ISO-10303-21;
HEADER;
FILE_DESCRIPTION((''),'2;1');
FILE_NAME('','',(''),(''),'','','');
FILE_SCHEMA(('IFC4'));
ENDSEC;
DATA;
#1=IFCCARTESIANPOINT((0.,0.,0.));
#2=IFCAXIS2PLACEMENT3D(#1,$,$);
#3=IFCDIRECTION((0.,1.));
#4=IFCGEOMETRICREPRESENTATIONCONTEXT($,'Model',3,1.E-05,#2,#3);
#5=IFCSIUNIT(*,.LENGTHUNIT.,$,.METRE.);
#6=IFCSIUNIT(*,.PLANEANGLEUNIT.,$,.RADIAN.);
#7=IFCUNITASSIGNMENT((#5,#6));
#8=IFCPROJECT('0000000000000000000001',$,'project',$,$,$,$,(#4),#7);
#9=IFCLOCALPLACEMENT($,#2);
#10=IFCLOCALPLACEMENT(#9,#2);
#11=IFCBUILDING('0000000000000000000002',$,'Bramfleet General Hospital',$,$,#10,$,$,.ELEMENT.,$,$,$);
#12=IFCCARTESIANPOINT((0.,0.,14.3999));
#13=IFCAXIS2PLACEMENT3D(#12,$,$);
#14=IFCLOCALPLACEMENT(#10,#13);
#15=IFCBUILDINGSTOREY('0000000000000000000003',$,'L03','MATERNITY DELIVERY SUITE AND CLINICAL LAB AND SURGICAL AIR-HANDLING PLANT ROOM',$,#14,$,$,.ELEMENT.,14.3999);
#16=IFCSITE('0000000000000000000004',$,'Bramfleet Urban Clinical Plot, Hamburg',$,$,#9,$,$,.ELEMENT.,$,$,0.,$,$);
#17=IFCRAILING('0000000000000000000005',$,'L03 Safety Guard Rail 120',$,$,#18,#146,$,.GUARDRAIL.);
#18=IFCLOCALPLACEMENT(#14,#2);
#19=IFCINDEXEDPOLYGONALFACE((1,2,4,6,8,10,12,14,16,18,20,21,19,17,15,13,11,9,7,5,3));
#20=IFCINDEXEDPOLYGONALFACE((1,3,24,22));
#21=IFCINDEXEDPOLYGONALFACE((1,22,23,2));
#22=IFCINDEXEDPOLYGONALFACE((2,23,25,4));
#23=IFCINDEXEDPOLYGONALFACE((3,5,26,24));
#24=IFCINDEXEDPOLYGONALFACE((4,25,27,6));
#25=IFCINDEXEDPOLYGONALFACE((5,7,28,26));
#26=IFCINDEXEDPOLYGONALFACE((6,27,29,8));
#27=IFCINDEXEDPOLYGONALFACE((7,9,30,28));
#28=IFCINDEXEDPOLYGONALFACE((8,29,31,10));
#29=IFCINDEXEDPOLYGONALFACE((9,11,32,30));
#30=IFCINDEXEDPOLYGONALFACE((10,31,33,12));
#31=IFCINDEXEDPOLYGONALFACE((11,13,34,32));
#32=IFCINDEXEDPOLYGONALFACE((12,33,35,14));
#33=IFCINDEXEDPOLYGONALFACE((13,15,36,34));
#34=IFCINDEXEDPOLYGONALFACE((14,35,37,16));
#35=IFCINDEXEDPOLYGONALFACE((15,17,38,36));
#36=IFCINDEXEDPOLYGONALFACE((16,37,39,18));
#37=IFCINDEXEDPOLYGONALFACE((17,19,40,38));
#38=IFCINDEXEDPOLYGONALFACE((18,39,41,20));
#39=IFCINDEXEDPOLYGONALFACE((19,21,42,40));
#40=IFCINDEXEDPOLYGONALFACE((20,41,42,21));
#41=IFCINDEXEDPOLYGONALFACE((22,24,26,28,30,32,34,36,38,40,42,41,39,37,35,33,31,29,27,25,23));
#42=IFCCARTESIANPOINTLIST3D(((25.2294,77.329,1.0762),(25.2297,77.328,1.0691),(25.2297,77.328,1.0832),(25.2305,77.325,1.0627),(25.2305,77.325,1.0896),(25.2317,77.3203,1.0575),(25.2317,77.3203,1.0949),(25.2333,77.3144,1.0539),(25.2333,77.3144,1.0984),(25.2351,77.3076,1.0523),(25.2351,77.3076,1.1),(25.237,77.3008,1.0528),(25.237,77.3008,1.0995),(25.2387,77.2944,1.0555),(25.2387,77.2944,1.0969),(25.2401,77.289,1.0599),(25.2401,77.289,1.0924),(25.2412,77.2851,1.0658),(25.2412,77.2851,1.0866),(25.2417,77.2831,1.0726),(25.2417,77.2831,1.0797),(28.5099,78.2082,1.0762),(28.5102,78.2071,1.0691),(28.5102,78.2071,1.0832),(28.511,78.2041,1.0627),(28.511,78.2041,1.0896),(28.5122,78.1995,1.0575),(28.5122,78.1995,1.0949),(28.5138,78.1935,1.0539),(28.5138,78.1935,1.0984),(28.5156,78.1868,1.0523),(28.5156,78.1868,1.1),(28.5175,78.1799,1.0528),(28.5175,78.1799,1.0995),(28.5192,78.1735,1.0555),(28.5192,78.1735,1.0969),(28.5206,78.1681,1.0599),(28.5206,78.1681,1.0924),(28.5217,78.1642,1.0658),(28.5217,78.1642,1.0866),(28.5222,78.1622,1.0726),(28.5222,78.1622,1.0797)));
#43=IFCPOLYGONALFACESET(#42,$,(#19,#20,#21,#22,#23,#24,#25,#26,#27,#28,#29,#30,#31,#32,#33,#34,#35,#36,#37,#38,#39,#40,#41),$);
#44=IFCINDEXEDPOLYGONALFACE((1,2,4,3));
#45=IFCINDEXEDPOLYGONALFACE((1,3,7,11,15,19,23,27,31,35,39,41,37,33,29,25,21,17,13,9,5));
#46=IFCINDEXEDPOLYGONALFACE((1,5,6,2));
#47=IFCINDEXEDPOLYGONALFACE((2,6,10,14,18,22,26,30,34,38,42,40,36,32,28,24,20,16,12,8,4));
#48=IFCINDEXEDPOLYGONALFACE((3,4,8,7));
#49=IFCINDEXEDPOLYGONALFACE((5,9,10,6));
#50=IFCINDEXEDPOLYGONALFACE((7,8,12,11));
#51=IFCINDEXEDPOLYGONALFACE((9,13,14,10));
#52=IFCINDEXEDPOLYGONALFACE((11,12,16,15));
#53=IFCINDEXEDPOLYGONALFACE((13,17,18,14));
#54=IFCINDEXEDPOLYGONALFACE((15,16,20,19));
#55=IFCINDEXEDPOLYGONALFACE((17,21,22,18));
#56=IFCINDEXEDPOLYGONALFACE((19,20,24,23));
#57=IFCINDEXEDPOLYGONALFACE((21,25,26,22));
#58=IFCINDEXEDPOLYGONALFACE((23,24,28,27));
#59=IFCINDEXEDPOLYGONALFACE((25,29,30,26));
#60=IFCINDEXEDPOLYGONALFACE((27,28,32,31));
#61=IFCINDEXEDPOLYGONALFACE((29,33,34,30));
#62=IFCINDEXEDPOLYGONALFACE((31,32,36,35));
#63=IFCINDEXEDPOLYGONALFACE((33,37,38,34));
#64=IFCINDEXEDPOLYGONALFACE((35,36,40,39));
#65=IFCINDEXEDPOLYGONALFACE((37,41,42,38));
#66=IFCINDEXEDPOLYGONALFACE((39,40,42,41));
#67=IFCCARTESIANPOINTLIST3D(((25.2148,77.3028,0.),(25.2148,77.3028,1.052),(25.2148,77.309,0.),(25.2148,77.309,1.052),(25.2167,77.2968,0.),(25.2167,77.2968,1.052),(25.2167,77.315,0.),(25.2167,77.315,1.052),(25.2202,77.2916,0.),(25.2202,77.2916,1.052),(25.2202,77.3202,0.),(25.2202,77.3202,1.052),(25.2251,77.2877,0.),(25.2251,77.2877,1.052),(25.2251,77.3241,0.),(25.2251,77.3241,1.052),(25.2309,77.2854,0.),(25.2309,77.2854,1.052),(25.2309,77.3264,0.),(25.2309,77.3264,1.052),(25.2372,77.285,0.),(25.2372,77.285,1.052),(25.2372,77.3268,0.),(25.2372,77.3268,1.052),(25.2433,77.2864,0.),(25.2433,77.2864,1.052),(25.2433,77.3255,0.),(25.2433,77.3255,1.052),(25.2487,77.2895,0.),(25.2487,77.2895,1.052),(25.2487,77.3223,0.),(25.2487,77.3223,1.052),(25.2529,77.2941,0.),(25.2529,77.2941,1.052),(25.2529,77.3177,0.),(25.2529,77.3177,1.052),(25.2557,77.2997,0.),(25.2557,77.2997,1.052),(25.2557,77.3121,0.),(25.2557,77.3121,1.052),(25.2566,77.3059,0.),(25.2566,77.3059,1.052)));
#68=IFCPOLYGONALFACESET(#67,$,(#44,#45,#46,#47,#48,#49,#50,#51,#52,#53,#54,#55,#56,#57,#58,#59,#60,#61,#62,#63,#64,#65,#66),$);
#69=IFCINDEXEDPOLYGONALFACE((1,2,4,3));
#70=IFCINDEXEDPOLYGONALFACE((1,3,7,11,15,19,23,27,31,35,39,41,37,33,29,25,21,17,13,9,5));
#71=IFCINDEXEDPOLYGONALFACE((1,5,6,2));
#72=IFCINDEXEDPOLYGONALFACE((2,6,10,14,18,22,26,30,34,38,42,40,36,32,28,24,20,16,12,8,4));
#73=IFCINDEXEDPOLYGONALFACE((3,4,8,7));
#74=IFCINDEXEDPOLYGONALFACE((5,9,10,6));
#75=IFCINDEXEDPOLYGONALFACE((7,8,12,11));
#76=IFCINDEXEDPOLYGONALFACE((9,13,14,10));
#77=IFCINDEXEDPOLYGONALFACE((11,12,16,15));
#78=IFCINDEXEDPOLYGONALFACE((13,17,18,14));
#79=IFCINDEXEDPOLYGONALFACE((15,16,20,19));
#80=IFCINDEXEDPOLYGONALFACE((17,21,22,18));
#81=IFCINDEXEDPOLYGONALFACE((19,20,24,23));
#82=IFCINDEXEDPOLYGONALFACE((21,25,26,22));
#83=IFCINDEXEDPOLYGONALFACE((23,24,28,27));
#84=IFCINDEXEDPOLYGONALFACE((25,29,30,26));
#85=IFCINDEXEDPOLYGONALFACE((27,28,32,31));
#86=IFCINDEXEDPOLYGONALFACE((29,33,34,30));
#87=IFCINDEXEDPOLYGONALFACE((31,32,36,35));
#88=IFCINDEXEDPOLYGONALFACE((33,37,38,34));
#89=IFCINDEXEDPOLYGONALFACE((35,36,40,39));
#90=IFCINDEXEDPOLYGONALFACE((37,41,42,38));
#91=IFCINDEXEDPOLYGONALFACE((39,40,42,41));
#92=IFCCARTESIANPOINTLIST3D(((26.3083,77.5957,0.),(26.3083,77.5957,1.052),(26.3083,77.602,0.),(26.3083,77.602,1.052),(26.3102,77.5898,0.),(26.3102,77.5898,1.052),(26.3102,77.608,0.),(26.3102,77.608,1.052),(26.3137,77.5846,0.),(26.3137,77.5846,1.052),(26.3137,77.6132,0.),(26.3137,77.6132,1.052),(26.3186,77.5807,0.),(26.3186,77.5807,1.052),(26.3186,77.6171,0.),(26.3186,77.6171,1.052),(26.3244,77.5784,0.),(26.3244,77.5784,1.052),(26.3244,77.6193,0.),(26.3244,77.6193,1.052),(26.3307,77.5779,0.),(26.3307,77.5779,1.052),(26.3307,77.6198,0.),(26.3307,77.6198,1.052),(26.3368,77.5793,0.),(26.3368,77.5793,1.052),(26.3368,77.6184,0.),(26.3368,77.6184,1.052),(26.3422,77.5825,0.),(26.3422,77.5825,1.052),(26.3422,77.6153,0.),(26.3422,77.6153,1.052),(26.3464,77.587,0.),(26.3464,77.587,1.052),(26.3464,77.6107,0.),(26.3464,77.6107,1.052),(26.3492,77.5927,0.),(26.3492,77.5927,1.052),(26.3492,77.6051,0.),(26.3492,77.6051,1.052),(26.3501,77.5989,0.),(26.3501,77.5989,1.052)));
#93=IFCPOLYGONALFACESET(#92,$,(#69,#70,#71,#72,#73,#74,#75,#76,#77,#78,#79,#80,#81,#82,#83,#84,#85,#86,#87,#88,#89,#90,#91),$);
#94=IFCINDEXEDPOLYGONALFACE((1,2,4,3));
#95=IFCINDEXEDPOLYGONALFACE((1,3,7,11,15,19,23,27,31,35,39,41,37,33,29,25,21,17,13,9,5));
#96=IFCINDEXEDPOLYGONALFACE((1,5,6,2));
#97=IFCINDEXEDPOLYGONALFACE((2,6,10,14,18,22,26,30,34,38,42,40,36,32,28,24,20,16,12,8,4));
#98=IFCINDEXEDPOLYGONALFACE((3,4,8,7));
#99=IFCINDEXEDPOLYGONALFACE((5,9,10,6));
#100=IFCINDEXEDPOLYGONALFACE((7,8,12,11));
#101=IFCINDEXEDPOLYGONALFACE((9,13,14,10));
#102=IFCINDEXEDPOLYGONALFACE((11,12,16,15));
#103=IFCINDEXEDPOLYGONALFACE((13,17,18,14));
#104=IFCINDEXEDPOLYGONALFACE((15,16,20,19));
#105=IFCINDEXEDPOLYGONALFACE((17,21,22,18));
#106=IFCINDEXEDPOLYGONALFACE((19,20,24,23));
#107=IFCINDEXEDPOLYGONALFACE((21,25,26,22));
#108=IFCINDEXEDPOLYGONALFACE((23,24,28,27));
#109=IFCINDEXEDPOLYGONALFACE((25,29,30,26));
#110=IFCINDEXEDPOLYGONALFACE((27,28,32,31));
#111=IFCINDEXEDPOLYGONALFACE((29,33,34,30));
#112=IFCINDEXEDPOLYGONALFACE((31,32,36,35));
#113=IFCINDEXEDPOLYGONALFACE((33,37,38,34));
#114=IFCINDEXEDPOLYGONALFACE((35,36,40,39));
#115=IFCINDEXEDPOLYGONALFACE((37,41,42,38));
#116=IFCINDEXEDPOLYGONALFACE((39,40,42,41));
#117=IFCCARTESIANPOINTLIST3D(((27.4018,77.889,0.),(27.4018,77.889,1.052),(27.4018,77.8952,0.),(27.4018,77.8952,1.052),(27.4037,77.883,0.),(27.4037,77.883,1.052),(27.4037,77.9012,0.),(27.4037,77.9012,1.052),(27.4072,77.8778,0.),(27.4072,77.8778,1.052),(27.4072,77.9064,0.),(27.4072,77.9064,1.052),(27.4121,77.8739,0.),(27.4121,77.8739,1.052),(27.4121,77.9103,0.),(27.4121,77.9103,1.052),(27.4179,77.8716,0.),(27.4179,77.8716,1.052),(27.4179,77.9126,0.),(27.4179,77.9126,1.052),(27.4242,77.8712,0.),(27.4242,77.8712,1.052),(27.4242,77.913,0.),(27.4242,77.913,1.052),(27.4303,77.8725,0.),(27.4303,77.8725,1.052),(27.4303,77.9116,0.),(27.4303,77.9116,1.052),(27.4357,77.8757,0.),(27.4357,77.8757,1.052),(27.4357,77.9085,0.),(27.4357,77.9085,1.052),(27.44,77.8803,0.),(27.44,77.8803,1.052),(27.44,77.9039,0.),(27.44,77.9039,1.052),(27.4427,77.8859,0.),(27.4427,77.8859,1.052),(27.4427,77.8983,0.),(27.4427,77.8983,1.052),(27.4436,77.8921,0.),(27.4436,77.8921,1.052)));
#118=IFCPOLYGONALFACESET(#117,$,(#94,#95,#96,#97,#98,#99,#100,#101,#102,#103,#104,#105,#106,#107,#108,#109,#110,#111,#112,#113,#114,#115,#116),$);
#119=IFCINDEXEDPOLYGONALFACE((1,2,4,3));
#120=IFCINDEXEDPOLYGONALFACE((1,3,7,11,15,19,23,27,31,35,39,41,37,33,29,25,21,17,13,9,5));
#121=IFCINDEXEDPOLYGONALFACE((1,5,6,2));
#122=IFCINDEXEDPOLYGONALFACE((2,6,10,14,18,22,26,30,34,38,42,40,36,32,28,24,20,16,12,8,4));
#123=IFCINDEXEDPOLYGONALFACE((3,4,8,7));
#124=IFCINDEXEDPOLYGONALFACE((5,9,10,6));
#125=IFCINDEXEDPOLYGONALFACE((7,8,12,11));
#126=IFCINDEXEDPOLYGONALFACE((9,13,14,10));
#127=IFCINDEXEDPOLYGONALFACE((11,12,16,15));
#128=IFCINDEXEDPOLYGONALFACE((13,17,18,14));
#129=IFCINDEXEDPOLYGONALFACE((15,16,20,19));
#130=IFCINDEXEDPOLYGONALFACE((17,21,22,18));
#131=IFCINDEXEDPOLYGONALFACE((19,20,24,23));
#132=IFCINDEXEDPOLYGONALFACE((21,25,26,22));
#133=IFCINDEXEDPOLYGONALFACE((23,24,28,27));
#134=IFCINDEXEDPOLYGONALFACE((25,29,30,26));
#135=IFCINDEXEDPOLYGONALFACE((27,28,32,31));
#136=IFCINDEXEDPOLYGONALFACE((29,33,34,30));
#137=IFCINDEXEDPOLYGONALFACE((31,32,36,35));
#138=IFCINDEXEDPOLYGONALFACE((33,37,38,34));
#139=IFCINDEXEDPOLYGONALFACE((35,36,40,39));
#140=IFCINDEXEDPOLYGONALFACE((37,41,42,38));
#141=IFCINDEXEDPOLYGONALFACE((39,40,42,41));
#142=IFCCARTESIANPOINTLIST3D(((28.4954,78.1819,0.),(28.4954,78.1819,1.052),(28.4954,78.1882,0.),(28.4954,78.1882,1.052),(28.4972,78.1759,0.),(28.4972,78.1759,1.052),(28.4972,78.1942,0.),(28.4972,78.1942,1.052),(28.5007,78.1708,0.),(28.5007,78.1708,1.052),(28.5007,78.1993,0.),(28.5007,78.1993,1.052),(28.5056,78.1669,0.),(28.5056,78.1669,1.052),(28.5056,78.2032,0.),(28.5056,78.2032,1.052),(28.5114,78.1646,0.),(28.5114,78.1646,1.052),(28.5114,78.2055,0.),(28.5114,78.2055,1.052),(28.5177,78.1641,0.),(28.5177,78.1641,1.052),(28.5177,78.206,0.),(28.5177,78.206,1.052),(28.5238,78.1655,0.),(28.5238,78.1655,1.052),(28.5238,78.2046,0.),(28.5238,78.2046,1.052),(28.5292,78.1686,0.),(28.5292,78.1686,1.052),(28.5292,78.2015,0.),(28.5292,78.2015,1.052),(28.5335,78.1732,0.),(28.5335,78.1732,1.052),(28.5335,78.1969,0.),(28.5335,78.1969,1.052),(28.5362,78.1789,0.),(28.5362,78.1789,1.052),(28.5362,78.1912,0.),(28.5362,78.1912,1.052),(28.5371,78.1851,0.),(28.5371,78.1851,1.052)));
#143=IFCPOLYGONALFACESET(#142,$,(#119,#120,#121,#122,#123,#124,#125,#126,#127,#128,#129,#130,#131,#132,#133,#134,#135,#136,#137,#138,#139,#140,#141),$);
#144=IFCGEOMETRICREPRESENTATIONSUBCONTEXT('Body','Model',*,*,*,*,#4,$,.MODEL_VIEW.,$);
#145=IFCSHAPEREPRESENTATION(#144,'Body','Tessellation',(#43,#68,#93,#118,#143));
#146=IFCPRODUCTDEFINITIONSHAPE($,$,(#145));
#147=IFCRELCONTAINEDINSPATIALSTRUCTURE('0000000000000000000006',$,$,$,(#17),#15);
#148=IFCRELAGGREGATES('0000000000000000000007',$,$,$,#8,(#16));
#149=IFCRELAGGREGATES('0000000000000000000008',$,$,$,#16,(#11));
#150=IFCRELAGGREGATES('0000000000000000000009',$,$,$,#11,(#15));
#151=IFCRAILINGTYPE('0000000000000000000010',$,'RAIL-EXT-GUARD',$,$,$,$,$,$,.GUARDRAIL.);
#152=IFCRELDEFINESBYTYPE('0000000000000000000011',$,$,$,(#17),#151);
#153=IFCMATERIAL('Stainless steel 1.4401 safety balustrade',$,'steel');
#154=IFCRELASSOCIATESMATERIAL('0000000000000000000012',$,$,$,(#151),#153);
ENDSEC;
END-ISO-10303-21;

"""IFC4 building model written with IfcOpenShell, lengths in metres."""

from ifc_helpers import new_model, si_unit, direction, frame, origin, origin_2d, place, context, subcontext, project, spatial, circle, extrude, material, type_object, element, save


model = new_model("IFC4")

# Units and contexts
model_context = context("Model", 3, precision=1e-05, world=origin(), true_north=direction((0.0, 1.0)))
body_context = subcontext(model_context, "Body", "Model", "MODEL_VIEW")
ifc_project = project(units=[si_unit("LENGTHUNIT", "METRE"), si_unit("PLANEANGLEUNIT", "RADIAN")], contexts=[model_context])

# Site, building, storey
site_placement = place(None, origin())
site = spatial("IfcSite", under=ifc_project, at=site_placement, Name="Bramfleet Urban Clinical Plot, Hamburg", CompositionType="ELEMENT", RefElevation=0.0)
building_placement = place(site_placement, origin())
building = spatial("IfcBuilding", under=site, at=building_placement, Name="Bramfleet General Hospital", CompositionType="ELEMENT")
storey_placement = place(building_placement, frame((0.0, 0.0, 14.3999)))
storey = spatial("IfcBuildingStorey", under=building, at=storey_placement, Name="L03", Description="MATERNITY DELIVERY SUITE AND CLINICAL LAB AND SURGICAL AIR-HANDLING PLANT ROOM", CompositionType="ELEMENT", Elevation=14.3999)

# Railing
ifc_material_1 = material(Name="Stainless steel 1.4401 safety balustrade", Category="steel")
railing_type = type_object("IfcRailingType", Name="RAIL-EXT-GUARD", PredefinedType="GUARDRAIL", material=ifc_material_1)
railing_placement = place(storey_placement, frame((25.2356, 77.3059, 0.0)))
element("IfcRailing", 1, at=railing_placement, inside=storey, type_object=railing_type, Name="L03 Safety Guard Rail 120", PredefinedType="GUARDRAIL", context=body_context, shape_type="SweptSolid", body=[
    extrude(circle(Radius=0.0239, at=origin_2d()), frame((0.0, 0.0, 1.0762), z_axis=(0.965916, 0.258857, 0.0), x_axis=(-0.258857, 0.965916, 0.0)), (0.0, 0.0, 1.0), 3.3962),
    extrude(circle(Radius=0.021, at=origin_2d()), origin(), (0.0, 0.0, 1.0), 1.052),
    extrude(circle(Radius=0.021, at=origin_2d()), frame((1.0935, 0.293, 0.0)), (0.0, 0.0, 1.0), 1.052),
    extrude(circle(Radius=0.021, at=origin_2d()), frame((2.187, 0.5862, 0.0)), (0.0, 0.0, 1.0), 1.052),
    extrude(circle(Radius=0.021, at=origin_2d()), frame((3.2805, 0.8792, 0.0)), (0.0, 0.0, 1.0), 1.052),
])

save(model, "model.ifc")
